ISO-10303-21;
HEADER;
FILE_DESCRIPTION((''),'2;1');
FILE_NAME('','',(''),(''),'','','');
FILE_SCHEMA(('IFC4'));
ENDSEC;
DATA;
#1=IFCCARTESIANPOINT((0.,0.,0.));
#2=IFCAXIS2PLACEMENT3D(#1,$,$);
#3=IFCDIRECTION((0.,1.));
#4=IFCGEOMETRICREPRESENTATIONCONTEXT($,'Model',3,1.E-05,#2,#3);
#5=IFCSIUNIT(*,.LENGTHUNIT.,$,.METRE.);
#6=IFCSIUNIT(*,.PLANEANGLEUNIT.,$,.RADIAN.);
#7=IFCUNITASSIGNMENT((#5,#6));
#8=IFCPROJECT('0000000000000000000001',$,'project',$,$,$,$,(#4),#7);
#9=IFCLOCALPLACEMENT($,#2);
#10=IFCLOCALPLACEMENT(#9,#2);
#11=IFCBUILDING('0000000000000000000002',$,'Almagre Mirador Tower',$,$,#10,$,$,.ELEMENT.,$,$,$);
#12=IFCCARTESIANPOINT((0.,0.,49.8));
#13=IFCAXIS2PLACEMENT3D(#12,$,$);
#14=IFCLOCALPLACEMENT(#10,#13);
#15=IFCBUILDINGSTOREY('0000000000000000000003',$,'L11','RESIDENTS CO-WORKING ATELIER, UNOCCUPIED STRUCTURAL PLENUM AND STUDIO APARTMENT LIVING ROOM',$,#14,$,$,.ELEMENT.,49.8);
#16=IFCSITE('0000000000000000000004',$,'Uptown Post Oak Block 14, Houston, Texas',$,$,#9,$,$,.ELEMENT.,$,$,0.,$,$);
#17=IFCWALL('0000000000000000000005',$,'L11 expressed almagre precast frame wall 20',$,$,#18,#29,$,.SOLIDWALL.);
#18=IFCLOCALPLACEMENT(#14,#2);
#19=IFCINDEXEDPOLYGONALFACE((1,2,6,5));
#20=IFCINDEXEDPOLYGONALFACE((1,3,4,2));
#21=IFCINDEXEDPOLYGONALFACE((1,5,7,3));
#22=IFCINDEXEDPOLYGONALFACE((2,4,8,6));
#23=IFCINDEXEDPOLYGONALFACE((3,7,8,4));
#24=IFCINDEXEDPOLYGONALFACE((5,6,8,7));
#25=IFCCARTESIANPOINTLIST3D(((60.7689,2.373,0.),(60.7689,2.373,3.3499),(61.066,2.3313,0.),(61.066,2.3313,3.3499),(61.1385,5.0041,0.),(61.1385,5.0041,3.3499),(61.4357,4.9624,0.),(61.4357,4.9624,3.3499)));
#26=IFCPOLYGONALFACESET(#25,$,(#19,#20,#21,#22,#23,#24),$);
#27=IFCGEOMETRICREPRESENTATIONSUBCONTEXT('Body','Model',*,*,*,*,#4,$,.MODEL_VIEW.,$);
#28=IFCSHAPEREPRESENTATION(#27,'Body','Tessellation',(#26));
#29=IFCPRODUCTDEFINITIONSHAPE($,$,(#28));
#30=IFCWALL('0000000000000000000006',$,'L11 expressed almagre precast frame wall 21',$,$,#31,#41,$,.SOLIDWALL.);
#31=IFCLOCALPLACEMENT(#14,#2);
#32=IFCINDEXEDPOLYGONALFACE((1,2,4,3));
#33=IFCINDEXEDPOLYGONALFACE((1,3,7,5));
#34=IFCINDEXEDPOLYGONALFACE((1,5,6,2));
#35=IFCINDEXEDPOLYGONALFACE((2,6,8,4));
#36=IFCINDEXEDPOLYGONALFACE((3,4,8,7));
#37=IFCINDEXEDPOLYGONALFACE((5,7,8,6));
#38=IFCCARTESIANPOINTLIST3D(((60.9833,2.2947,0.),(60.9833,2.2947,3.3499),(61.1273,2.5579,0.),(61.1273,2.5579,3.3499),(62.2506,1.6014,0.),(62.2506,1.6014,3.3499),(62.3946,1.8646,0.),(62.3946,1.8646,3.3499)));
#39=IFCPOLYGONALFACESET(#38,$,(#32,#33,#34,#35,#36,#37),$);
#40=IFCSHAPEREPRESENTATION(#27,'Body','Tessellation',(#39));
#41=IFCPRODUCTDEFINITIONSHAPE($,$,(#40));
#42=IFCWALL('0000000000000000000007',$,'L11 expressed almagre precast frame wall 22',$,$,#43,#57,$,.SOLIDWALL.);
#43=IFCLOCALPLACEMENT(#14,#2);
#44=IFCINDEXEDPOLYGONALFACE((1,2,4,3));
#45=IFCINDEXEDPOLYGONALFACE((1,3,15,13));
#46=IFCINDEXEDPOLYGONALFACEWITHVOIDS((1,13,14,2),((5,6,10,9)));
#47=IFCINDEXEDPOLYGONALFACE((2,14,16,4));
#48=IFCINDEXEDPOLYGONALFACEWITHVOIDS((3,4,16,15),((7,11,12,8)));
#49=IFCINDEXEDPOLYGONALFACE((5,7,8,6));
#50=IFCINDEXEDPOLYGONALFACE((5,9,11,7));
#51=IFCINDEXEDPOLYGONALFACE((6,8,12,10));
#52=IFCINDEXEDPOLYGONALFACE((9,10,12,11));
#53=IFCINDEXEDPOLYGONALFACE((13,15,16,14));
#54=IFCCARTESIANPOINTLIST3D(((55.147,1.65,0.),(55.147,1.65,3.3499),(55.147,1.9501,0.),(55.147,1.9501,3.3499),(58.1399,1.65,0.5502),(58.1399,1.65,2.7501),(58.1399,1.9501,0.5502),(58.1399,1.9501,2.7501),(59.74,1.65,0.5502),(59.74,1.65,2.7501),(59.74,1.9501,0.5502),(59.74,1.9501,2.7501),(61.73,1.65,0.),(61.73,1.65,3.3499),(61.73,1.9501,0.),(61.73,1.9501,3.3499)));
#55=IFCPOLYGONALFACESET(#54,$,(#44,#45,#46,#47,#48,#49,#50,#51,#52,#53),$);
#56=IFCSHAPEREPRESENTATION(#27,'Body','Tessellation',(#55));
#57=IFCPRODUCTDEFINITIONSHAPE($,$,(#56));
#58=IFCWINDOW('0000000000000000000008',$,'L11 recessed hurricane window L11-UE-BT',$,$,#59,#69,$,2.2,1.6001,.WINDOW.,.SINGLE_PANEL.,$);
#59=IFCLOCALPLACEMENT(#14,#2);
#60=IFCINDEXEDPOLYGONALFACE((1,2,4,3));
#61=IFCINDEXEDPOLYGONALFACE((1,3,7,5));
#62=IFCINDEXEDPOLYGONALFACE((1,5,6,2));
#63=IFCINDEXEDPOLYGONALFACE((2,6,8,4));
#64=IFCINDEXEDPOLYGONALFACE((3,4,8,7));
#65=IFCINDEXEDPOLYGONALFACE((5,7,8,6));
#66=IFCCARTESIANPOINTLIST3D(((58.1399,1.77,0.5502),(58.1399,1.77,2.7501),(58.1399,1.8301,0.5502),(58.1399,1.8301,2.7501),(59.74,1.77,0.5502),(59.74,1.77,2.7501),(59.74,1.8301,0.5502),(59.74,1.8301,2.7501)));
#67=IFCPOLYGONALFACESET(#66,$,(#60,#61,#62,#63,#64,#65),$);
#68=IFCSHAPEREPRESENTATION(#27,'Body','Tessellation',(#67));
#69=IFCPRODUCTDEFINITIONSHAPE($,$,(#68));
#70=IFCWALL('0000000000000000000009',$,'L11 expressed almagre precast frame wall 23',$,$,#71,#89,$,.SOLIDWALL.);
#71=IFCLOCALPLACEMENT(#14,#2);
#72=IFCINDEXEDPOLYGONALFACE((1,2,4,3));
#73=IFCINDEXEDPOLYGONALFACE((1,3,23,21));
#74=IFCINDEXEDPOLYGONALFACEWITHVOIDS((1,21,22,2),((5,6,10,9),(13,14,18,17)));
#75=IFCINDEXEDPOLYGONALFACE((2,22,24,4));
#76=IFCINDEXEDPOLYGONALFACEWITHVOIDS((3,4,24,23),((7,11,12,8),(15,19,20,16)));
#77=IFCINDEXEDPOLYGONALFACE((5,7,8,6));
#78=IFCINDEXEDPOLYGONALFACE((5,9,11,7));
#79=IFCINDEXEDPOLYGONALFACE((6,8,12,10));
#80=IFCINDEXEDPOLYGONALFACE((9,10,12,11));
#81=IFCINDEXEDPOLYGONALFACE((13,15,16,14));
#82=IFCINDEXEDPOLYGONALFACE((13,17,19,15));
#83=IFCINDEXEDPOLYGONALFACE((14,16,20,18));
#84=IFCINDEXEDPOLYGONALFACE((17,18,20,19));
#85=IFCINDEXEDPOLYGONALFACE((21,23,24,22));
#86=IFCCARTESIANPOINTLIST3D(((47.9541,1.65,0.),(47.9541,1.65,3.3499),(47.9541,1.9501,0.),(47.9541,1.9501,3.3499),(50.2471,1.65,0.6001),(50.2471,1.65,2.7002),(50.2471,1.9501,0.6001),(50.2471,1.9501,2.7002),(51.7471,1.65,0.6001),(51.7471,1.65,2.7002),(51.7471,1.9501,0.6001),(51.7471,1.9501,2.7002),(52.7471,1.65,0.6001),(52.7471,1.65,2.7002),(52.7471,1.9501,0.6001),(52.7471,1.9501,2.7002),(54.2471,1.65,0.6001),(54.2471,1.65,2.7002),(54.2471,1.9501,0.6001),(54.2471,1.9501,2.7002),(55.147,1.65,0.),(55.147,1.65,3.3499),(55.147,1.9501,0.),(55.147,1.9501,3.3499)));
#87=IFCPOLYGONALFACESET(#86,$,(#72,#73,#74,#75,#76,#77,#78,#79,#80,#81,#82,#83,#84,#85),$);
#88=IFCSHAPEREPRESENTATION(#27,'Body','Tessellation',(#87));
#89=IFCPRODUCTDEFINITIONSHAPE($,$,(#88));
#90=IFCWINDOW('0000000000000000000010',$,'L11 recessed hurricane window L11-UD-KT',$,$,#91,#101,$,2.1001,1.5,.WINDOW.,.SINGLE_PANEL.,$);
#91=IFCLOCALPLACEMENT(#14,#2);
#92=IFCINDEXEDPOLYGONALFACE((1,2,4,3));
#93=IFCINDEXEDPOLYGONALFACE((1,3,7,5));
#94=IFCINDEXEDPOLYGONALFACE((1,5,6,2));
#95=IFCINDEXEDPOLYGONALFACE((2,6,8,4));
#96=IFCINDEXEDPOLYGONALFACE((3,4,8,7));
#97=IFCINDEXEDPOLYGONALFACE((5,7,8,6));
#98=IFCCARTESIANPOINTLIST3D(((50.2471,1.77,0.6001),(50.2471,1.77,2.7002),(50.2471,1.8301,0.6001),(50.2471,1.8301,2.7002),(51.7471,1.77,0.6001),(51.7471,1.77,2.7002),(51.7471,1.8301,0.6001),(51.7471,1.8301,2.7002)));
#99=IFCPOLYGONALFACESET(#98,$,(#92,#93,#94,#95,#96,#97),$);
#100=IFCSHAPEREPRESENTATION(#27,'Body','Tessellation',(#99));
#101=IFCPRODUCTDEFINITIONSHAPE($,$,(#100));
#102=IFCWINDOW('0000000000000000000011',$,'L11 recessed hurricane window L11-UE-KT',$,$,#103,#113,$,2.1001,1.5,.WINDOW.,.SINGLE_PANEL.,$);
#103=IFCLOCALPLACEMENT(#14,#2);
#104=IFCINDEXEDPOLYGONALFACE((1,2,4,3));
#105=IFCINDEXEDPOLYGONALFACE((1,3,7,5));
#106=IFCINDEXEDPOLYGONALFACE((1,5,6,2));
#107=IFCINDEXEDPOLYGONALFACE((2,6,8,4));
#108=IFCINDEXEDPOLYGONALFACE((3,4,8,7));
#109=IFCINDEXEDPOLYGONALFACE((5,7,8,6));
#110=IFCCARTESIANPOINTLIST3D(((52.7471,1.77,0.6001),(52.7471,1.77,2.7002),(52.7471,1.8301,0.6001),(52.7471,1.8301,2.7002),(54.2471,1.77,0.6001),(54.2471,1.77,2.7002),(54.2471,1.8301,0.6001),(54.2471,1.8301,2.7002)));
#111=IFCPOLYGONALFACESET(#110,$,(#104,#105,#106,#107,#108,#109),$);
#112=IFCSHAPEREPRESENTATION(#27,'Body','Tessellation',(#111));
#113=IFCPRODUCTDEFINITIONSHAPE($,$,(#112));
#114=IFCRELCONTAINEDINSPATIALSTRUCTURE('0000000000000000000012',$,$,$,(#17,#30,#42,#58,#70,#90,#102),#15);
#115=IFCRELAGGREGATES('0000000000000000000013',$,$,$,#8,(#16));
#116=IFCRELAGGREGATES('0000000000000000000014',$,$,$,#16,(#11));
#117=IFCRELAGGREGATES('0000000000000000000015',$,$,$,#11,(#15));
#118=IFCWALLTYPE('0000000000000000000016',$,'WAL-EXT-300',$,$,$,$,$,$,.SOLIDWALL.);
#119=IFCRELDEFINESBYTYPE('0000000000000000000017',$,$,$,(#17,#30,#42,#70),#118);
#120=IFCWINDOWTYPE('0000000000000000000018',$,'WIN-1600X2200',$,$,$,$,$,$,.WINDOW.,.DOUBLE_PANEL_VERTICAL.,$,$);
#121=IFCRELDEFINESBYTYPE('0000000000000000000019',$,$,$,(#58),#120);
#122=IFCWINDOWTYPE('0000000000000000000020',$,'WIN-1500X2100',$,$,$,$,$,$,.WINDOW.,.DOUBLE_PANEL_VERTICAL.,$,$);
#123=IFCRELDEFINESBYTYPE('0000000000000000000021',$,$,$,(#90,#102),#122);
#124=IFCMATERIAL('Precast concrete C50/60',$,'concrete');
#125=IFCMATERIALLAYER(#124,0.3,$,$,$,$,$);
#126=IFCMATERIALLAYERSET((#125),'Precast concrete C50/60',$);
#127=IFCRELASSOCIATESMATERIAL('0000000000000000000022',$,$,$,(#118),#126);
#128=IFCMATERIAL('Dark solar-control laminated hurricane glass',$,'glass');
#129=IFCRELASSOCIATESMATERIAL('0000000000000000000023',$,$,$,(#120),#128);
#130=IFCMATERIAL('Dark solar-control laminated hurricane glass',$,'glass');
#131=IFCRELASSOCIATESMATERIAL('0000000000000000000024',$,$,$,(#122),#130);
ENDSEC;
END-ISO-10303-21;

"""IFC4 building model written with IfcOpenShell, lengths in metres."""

from ifc_helpers import new_model, si_unit, direction, frame, frame_2d, origin, place, context, subcontext, project, spatial, rectangle, extrude, material, layer, layer_set, type_object, element, fill, save


model = new_model("IFC4")

# Units and contexts
model_context = context("Model", 3, precision=1e-05, world=origin(), true_north=direction((0.0, 1.0)))
body_context = subcontext(model_context, "Body", "Model", "MODEL_VIEW")
ifc_project = project(units=[si_unit("LENGTHUNIT", "METRE"), si_unit("PLANEANGLEUNIT", "RADIAN")], contexts=[model_context])

# Site, building, storey
site_placement = place(None, origin())
site = spatial("IfcSite", under=ifc_project, at=site_placement, Name="Uptown Post Oak Block 14, Houston, Texas", CompositionType="ELEMENT", RefElevation=0.0)
building_placement = place(site_placement, origin())
building = spatial("IfcBuilding", under=site, at=building_placement, Name="Almagre Mirador Tower", CompositionType="ELEMENT")
storey_placement = place(building_placement, frame((0.0, 0.0, 49.8)))
storey = spatial("IfcBuildingStorey", under=building, at=storey_placement, Name="L11", Description="RESIDENTS CO-WORKING ATELIER, UNOCCUPIED STRUCTURAL PLENUM AND STUDIO APARTMENT LIVING ROOM", CompositionType="ELEMENT", Elevation=49.8)

# Shared definitions
ifc_material_1 = material(Name="Precast concrete C50/60", Category="concrete")
ifc_layer = layer(ifc_material_1, 0.3)
ifc_layer_set = layer_set([ifc_layer], Name="Precast concrete C50/60")
wall_type = type_object("IfcWallType", Name="WAL-EXT-300", PredefinedType="SOLIDWALL", material=ifc_layer_set)
ifc_material_2 = material(Name="Dark solar-control laminated hurricane glass", Category="glass")
window_type_1 = type_object("IfcWindowType", Name="WIN-1600X2200", PartitioningType="DOUBLE_PANEL_VERTICAL", PredefinedType="WINDOW", material=ifc_material_2)
ifc_material_3 = material(Name="Dark solar-control laminated hurricane glass", Category="glass")
window_type_2 = type_object("IfcWindowType", Name="WIN-1500X2100", PartitioningType="DOUBLE_PANEL_VERTICAL", PredefinedType="WINDOW", material=ifc_material_3)

# Walls
wall_1_placement = place(storey_placement, frame((61.2871, 4.9834, 0.0), z_axis=(0.0, 0.0, 1.0), x_axis=(-0.139118, -0.990276, 0.0)))
element("IfcWall", 1, at=wall_1_placement, inside=storey, type_object=wall_type, Name="L11 expressed almagre precast frame wall 20", PredefinedType="SOLIDWALL", context=body_context, shape_type="SweptSolid", body=[
    extrude(rectangle(XDim=2.657, YDim=0.3, at=frame_2d((1.3286, 0.0))), origin(), (0.0, 0.0, 1.0), 3.3499),
])
wall_2_placement = place(storey_placement, frame((61.0554, 2.4263, 0.0), z_axis=(0.0, 0.0, 1.0), x_axis=(0.877288, -0.479965, 0.0)))
element("IfcWall", 2, at=wall_2_placement, inside=storey, type_object=wall_type, Name="L11 expressed almagre precast frame wall 21", PredefinedType="SOLIDWALL", context=body_context, shape_type="SweptSolid", body=[
    extrude(rectangle(XDim=1.4446, YDim=0.3, at=frame_2d((0.7222, 0.0))), origin(), (0.0, 0.0, 1.0), 3.3499),
])

# Wall, opening, window
wall_3_placement = place(storey_placement, frame((61.73, 1.8, 0.0), z_axis=(0.0, 0.0, 1.0), x_axis=(-1.0, 0.0, 0.0)))
wall_3 = element("IfcWall", 3, at=wall_3_placement, inside=storey, type_object=wall_type, Name="L11 expressed almagre precast frame wall 22", PredefinedType="SOLIDWALL", context=body_context, shape_type="SweptSolid", body=[
    extrude(rectangle(XDim=6.583, YDim=0.3, at=frame_2d((3.2915, 0.0))), origin(), (0.0, 0.0, 1.0), 3.3499),
])
opening_1_placement = place(wall_3_placement, frame((1.99, 0.0, 0.55)))
opening_1 = element("IfcOpeningElement", 4, at=opening_1_placement, cuts=wall_3, PredefinedType="OPENING", context=body_context, shape_type="SweptSolid", body=[
    extrude(rectangle(XDim=1.6001, YDim=2.2, at=frame_2d((0.8, 1.1001))), frame((0.0, 0.1599, 0.0), z_axis=(0.0, -1.0, 0.0), x_axis=(1.0, 0.0, 0.0)), (0.0, 0.0, 1.0), 0.32),
])
window_1_placement = place(opening_1_placement, origin())
window_1 = element("IfcWindow", 5, at=window_1_placement, inside=storey, type_object=window_type_1, Name="L11 recessed hurricane window L11-UE-BT", OverallHeight=2.2, OverallWidth=1.6001, PartitioningType="SINGLE_PANEL", PredefinedType="WINDOW", context=body_context, shape_type="SweptSolid", body=[
    extrude(rectangle(XDim=1.6001, YDim=2.2, at=frame_2d((0.8, 1.1001))), frame((0.0, 0.03, 0.0), z_axis=(0.0, -1.0, 0.0), x_axis=(1.0, 0.0, 0.0)), (0.0, 0.0, 1.0), 0.0601),
])
fill(opening_1, window_1)

# Wall, openings, windows
wall_4_placement = place(storey_placement, frame((55.147, 1.8, 0.0), z_axis=(0.0, 0.0, 1.0), x_axis=(-1.0, 0.0, 0.0)))
wall_4 = element("IfcWall", 6, at=wall_4_placement, inside=storey, type_object=wall_type, Name="L11 expressed almagre precast frame wall 23", PredefinedType="SOLIDWALL", context=body_context, shape_type="SweptSolid", body=[
    extrude(rectangle(XDim=7.1929, YDim=0.3, at=frame_2d((3.5964, 0.0))), origin(), (0.0, 0.0, 1.0), 3.3499),
])
opening_2_placement = place(wall_4_placement, frame((3.3999, 0.0, 0.6001)))
opening_2 = element("IfcOpeningElement", 7, at=opening_2_placement, cuts=wall_4, PredefinedType="OPENING", context=body_context, shape_type="SweptSolid", body=[
    extrude(rectangle(XDim=1.5, YDim=2.1001, at=frame_2d((0.75, 1.05))), frame((0.0, 0.1599, 0.0), z_axis=(0.0, -1.0, 0.0), x_axis=(1.0, 0.0, 0.0)), (0.0, 0.0, 1.0), 0.32),
])
opening_3_placement = place(wall_4_placement, frame((0.8999, 0.0, 0.6001)))
opening_3 = element("IfcOpeningElement", 8, at=opening_3_placement, cuts=wall_4, PredefinedType="OPENING", context=body_context, shape_type="SweptSolid", body=[
    extrude(rectangle(XDim=1.5, YDim=2.1001, at=frame_2d((0.75, 1.05))), frame((0.0, 0.1599, 0.0), z_axis=(0.0, -1.0, 0.0), x_axis=(1.0, 0.0, 0.0)), (0.0, 0.0, 1.0), 0.32),
])
window_2_placement = place(opening_2_placement, origin())
window_2 = element("IfcWindow", 9, at=window_2_placement, inside=storey, type_object=window_type_2, Name="L11 recessed hurricane window L11-UD-KT", OverallHeight=2.1001, OverallWidth=1.5, PartitioningType="SINGLE_PANEL", PredefinedType="WINDOW", context=body_context, shape_type="SweptSolid", body=[
    extrude(rectangle(XDim=1.5, YDim=2.1001, at=frame_2d((0.75, 1.05))), frame((0.0, 0.03, 0.0), z_axis=(0.0, -1.0, 0.0), x_axis=(1.0, 0.0, 0.0)), (0.0, 0.0, 1.0), 0.0601),
])
fill(opening_2, window_2)
window_3_placement = place(opening_3_placement, origin())
window_3 = element("IfcWindow", 10, at=window_3_placement, inside=storey, type_object=window_type_2, Name="L11 recessed hurricane window L11-UE-KT", OverallHeight=2.1001, OverallWidth=1.5, PartitioningType="SINGLE_PANEL", PredefinedType="WINDOW", context=body_context, shape_type="SweptSolid", body=[
    extrude(rectangle(XDim=1.5, YDim=2.1001, at=frame_2d((0.75, 1.05))), frame((0.0, 0.03, 0.0), z_axis=(0.0, -1.0, 0.0), x_axis=(1.0, 0.0, 0.0)), (0.0, 0.0, 1.0), 0.0601),
])
fill(opening_3, window_3)

save(model, "model.ifc")
